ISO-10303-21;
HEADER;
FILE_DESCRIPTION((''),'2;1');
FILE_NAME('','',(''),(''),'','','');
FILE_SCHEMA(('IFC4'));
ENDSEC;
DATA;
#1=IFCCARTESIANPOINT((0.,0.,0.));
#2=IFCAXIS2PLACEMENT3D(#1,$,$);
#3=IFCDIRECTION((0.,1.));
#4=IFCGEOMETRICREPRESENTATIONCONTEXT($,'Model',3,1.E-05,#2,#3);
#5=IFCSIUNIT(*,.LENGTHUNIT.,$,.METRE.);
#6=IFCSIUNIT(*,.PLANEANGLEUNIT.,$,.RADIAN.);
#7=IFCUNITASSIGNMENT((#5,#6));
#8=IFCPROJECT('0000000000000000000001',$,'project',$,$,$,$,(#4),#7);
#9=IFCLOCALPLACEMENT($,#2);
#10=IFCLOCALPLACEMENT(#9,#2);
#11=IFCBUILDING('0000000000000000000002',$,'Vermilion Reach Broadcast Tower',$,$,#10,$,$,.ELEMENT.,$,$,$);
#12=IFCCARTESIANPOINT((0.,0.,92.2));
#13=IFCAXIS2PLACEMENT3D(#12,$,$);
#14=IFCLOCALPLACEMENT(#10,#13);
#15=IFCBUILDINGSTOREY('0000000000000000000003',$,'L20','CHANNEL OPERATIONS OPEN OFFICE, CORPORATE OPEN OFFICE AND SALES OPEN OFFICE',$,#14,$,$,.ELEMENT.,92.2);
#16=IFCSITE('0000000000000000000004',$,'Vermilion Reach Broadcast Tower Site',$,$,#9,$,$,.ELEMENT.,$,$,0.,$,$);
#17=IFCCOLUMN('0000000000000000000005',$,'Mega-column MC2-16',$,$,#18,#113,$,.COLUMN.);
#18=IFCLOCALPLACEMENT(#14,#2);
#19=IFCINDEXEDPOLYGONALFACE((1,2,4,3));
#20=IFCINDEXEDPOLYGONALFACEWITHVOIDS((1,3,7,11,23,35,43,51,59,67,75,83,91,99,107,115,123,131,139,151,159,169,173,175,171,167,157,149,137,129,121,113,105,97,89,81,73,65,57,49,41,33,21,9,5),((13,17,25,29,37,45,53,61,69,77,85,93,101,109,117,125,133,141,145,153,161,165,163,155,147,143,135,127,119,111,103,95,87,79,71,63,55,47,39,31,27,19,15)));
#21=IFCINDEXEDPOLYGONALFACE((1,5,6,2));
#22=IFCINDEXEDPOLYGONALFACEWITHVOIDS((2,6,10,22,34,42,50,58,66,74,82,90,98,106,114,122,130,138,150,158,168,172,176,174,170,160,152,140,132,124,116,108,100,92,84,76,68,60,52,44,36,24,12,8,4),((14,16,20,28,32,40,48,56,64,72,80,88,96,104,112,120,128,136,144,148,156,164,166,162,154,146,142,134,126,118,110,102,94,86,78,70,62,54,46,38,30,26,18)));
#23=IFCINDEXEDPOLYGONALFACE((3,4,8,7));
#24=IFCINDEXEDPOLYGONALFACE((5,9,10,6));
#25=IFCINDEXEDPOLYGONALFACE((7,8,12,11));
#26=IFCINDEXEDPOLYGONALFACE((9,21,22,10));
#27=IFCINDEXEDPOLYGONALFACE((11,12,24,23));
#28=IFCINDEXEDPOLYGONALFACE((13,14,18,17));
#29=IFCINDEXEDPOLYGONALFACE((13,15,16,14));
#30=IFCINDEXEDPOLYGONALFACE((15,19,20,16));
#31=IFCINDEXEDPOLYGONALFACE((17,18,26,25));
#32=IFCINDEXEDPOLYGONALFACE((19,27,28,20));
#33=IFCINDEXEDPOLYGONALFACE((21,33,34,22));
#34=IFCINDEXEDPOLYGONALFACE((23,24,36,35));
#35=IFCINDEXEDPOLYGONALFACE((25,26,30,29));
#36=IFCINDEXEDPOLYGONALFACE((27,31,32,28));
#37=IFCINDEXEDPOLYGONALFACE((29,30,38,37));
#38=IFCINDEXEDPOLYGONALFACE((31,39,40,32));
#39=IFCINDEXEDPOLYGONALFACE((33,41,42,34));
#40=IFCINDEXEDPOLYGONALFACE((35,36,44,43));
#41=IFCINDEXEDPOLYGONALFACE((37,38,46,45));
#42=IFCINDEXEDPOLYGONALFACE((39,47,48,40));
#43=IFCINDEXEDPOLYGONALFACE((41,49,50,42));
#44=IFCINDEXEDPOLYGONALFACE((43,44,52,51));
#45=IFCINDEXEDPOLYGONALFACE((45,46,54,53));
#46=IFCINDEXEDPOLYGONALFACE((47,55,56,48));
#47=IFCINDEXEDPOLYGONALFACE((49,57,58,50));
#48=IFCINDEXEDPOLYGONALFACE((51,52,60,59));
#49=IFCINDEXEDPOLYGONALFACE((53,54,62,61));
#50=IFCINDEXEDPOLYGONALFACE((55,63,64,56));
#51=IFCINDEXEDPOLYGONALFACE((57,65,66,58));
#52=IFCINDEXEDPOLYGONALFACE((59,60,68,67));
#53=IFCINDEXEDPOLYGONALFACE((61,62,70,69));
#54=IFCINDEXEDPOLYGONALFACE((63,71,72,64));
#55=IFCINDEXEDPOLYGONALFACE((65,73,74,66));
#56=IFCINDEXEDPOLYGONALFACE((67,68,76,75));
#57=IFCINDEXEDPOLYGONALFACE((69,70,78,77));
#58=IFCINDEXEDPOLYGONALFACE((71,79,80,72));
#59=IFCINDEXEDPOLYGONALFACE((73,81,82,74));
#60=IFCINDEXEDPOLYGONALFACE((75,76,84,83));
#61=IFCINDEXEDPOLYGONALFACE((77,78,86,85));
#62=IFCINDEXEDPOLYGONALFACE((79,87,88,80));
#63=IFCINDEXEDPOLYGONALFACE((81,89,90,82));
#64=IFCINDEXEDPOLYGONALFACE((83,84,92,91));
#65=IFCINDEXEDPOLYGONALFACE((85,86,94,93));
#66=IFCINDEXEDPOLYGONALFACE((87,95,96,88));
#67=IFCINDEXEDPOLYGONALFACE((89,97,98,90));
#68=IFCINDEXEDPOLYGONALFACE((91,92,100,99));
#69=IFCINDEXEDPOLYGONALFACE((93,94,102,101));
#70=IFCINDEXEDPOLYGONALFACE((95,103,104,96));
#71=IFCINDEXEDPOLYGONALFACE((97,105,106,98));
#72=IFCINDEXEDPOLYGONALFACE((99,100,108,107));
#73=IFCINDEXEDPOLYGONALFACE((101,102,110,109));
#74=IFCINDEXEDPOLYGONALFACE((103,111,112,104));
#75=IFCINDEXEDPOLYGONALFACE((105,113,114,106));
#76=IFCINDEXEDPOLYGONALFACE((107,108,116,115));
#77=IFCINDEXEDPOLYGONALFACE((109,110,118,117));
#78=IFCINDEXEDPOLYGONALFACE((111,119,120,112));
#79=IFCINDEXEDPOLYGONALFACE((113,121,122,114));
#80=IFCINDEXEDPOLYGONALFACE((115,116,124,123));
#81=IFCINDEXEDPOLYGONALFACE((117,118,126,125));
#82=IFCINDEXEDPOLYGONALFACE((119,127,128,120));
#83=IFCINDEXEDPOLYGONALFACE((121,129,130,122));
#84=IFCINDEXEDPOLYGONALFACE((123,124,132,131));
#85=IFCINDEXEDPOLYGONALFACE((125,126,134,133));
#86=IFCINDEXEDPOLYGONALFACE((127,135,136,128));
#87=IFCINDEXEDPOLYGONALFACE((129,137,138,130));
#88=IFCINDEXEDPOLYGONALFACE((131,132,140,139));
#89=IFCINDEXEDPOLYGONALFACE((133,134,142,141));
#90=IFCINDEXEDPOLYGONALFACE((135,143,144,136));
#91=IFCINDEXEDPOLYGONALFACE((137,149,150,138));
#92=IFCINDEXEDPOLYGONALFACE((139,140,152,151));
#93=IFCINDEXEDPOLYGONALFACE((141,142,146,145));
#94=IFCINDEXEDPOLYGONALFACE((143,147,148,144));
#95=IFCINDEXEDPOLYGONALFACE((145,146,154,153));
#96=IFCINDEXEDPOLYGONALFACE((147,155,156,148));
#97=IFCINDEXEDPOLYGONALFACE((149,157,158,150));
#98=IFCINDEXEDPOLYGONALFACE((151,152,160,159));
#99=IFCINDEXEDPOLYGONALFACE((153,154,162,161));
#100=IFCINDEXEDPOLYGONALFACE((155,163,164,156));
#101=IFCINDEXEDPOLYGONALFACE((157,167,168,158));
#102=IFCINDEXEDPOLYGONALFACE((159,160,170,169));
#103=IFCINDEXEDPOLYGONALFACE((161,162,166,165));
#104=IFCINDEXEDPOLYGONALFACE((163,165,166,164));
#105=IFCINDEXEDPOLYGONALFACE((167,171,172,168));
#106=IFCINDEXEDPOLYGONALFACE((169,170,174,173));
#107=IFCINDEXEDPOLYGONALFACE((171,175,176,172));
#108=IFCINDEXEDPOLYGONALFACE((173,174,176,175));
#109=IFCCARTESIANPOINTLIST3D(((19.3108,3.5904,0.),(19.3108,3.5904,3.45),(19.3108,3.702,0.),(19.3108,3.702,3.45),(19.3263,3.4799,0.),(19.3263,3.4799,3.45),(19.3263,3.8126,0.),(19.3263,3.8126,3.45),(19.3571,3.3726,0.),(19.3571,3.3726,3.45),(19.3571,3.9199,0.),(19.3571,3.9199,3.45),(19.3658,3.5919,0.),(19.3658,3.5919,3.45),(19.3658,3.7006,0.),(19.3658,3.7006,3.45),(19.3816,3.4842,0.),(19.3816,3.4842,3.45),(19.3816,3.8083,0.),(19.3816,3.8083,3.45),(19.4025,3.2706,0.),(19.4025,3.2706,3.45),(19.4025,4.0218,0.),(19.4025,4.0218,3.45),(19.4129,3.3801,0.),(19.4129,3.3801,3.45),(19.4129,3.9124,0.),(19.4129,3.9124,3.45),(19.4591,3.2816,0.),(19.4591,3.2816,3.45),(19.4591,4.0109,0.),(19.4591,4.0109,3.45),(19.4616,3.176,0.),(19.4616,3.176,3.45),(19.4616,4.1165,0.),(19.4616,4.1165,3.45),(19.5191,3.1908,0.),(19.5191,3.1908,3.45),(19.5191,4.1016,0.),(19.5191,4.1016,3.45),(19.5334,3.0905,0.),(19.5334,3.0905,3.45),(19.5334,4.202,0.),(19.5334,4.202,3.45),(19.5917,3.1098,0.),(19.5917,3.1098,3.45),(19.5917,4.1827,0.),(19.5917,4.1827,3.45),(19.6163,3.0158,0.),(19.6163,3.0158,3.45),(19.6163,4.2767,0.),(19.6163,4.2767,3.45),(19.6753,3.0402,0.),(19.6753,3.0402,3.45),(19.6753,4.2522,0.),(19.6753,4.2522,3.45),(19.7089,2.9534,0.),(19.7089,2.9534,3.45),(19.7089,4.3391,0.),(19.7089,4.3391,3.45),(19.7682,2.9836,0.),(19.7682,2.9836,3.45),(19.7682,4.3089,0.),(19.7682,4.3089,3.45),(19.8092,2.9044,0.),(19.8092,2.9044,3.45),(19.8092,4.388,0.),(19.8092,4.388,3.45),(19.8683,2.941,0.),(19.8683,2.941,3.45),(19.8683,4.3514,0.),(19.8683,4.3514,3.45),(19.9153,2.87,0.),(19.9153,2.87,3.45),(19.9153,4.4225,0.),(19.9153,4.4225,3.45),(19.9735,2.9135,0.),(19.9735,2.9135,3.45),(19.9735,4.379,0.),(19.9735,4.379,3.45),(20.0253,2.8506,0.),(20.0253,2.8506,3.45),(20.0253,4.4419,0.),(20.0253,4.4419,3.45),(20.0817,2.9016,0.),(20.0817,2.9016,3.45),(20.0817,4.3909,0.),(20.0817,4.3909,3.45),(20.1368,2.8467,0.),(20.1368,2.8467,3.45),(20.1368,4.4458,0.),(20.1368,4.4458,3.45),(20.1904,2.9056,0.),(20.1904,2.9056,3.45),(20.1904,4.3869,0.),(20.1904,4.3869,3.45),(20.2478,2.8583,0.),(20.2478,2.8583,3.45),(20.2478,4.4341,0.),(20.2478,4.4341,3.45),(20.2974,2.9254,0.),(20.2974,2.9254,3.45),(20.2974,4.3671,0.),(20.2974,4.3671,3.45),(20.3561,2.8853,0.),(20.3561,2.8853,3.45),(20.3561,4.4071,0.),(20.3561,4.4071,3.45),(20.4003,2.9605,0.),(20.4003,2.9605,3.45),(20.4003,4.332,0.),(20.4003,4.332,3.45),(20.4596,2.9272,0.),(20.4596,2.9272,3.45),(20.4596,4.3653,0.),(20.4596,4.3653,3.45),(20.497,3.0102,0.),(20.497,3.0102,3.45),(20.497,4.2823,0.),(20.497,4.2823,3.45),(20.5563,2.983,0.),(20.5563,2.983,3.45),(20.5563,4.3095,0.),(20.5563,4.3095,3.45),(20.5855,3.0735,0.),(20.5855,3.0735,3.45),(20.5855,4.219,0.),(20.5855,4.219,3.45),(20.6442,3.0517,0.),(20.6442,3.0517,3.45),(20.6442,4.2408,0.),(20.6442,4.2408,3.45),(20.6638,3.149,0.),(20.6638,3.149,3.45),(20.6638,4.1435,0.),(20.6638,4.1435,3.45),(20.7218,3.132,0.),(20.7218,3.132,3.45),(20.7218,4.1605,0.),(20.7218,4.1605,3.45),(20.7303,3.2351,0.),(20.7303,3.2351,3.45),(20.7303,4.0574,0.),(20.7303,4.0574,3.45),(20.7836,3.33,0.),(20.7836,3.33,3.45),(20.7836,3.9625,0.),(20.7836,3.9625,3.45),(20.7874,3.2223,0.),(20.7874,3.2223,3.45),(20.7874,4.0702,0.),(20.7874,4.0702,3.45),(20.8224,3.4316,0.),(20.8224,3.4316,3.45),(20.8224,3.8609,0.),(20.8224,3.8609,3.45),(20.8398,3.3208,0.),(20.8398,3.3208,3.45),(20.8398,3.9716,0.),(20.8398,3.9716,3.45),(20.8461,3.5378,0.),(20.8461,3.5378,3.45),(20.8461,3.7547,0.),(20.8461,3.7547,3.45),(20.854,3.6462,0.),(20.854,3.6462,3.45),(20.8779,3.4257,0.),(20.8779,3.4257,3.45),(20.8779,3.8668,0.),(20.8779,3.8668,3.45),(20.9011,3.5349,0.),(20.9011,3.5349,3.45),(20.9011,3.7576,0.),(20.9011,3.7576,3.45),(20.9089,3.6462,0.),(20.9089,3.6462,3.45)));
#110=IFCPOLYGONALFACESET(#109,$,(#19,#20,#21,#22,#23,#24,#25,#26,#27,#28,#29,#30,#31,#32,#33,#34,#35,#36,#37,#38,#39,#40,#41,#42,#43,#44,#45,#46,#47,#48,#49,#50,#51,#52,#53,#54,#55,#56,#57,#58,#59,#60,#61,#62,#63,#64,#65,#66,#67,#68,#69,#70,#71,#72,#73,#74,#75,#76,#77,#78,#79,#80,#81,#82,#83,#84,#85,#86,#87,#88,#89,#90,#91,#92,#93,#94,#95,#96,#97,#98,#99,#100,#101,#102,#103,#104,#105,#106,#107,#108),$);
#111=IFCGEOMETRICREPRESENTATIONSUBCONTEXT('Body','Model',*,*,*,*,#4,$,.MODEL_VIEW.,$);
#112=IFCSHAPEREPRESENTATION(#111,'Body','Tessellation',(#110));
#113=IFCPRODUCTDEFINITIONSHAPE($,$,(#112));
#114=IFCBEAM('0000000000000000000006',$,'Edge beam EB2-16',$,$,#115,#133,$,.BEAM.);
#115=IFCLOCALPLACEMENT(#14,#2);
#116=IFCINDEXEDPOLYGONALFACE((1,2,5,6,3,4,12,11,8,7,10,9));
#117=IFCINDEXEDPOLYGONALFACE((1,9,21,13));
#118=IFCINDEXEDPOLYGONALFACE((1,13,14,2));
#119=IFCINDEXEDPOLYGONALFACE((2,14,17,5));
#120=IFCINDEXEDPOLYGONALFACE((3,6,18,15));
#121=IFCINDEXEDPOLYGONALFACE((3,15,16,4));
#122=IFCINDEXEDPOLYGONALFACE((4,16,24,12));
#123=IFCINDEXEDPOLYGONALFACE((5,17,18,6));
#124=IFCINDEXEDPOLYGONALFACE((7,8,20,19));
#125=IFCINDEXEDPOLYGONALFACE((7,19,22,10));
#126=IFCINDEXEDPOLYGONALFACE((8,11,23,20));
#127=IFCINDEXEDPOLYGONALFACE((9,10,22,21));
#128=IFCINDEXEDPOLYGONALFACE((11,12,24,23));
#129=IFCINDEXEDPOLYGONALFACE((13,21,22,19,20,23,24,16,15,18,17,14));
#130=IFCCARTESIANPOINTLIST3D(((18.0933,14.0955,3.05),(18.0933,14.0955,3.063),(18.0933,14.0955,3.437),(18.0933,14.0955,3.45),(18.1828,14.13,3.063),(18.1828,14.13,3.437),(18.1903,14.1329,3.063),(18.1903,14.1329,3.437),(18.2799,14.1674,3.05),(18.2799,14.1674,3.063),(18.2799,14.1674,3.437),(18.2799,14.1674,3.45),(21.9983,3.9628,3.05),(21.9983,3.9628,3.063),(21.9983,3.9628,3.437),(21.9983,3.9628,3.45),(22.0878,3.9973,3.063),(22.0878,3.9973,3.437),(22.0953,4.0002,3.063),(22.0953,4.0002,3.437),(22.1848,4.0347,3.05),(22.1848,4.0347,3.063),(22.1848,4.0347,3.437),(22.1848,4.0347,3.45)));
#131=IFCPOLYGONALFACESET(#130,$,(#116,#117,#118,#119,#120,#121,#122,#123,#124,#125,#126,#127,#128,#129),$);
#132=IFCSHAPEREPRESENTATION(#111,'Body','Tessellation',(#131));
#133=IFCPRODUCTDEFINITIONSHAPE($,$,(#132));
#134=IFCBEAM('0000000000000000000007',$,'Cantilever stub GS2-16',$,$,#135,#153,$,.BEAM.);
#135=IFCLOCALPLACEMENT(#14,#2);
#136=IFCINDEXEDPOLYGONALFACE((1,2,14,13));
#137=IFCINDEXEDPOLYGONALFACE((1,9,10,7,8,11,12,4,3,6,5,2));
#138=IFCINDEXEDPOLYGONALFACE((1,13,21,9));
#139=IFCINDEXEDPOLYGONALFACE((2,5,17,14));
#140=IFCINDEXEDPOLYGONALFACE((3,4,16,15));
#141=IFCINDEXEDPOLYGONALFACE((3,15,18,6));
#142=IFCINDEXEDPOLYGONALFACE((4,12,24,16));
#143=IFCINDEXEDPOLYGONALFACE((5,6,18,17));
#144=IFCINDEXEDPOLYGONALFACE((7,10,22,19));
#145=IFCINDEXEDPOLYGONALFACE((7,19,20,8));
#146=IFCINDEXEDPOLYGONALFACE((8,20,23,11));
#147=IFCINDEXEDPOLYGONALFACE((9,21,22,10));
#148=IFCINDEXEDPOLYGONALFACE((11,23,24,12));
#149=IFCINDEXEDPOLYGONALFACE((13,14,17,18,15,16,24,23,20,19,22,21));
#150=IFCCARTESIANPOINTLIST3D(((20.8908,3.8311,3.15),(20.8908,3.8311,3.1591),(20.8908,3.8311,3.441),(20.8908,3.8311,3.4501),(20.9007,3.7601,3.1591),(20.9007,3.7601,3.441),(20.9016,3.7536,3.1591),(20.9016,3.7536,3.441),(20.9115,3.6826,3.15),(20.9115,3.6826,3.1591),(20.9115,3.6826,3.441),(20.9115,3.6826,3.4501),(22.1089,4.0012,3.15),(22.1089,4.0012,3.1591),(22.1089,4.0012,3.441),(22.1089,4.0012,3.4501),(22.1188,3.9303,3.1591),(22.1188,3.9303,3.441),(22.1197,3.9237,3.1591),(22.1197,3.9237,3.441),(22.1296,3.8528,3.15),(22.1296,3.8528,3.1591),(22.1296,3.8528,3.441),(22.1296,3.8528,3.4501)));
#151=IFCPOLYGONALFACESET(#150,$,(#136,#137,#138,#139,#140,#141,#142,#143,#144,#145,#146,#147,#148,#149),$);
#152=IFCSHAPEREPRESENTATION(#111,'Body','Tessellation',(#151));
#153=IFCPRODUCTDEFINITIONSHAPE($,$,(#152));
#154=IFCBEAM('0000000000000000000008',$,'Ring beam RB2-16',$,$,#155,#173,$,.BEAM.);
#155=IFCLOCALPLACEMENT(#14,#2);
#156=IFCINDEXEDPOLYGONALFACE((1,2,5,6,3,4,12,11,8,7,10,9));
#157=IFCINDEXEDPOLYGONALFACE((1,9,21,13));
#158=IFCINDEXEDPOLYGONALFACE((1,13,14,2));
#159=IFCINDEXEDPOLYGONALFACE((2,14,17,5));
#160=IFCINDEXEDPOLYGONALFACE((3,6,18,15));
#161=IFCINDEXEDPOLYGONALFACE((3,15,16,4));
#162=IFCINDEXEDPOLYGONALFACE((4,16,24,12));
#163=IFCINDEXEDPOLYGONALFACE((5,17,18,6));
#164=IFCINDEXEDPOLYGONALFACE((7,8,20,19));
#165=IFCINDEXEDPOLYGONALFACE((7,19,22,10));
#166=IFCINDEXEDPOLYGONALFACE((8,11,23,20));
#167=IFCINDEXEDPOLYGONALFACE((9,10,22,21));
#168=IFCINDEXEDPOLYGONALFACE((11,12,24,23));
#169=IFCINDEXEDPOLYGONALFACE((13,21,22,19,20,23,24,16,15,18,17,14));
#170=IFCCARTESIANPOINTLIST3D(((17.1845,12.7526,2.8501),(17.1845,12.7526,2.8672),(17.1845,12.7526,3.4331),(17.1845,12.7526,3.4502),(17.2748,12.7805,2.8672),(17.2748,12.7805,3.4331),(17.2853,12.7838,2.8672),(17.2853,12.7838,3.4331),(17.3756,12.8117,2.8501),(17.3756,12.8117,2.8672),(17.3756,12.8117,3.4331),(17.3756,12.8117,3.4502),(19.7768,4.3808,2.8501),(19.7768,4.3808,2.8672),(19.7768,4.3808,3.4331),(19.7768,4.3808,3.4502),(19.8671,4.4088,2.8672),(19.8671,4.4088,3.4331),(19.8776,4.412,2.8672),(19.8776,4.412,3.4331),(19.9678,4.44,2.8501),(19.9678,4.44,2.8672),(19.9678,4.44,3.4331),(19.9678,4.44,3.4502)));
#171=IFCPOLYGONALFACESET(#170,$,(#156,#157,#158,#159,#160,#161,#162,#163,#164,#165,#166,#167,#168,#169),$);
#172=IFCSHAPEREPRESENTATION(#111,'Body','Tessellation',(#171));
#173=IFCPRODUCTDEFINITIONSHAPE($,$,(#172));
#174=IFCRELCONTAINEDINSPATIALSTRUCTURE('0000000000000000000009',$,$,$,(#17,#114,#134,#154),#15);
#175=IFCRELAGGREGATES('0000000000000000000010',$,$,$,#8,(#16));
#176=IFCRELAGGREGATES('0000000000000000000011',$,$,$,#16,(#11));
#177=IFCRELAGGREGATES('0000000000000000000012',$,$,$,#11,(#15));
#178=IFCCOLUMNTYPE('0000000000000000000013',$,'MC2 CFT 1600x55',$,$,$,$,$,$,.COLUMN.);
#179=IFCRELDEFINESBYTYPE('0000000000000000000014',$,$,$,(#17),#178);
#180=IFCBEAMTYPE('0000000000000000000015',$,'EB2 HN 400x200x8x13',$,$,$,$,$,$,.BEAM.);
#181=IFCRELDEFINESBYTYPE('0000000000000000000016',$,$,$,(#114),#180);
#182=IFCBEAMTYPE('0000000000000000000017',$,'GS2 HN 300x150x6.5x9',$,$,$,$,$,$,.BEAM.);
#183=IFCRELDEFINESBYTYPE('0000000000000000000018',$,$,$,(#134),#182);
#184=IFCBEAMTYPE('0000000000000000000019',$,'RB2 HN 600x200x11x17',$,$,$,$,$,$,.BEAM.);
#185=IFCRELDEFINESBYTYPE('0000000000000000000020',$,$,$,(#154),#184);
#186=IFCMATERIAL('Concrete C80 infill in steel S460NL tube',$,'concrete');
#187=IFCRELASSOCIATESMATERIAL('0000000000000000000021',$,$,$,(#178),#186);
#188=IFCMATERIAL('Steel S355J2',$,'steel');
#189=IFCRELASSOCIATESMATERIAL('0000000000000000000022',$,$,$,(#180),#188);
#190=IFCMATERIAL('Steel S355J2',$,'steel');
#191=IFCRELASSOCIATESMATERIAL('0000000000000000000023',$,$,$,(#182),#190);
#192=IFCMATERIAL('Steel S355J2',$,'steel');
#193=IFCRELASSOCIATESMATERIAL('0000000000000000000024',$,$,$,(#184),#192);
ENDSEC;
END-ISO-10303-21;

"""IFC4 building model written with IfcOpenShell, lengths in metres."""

from ifc_helpers import new_model, si_unit, direction, frame, origin, origin_2d, place, context, subcontext, project, spatial, hollow_circle, i_section, extrude, material, material_profile, profile_set, type_object, element, save


model = new_model("IFC4")

# Units and contexts
model_context = context("Model", 3, precision=1e-05, world=origin(), true_north=direction((0.0, 1.0)))
body_context = subcontext(model_context, "Body", "Model", "MODEL_VIEW")
ifc_project = project(units=[si_unit("LENGTHUNIT", "METRE"), si_unit("PLANEANGLEUNIT", "RADIAN")], contexts=[model_context])

# Site, building, storey
site_placement = place(None, origin())
site = spatial("IfcSite", under=ifc_project, at=site_placement, Name="Vermilion Reach Broadcast Tower Site", CompositionType="ELEMENT", RefElevation=0.0)
building_placement = place(site_placement, origin())
building = spatial("IfcBuilding", under=site, at=building_placement, Name="Vermilion Reach Broadcast Tower", CompositionType="ELEMENT")
storey_placement = place(building_placement, frame((0.0, 0.0, 92.2)))
storey = spatial("IfcBuildingStorey", under=building, at=storey_placement, Name="L20", Description="CHANNEL OPERATIONS OPEN OFFICE, CORPORATE OPEN OFFICE AND SALES OPEN OFFICE", CompositionType="ELEMENT", Elevation=92.2)

# Column
ifc_material_1 = material(Name="Concrete C80 infill in steel S460NL tube", Category="concrete")
ifc_material_profile_1 = material_profile(ifc_material_1, hollow_circle(Radius=0.8, WallThickness=0.0549, at=origin_2d()), Name="Concrete C80 infill in steel S460NL tube CFT 1600x55")
ifc_profile_set_1 = profile_set([ifc_material_profile_1], Name="Concrete C80 infill in steel S460NL tube")
column_type = type_object("IfcColumnType", Name="MC2 CFT 1600x55", PredefinedType="COLUMN", material=ifc_profile_set_1)
column_placement = place(storey_placement, frame((20.1089, 3.6462, 0.0), z_axis=(0.0, 0.0, 1.0), x_axis=(1.0, 0.0, 0.0)))
element("IfcColumn", 1, at=column_placement, inside=storey, type_object=column_type, Name="Mega-column MC2-16", PredefinedType="COLUMN", context=body_context, shape_type="SweptSolid", body=[
    extrude(hollow_circle(Radius=0.8, WallThickness=0.0549, at=origin_2d()), origin(), (0.0, 0.0, 1.0), 3.45),
])

# Beams
ifc_material_2 = material(Name="Steel S355J2", Category="steel")
ifc_material_profile_2 = material_profile(ifc_material_2, i_section(OverallWidth=0.2, OverallDepth=0.3999, WebThickness=0.0081, FlangeThickness=0.0129, at=origin_2d()), Name="S355J2 HN 400x200x8x13")
ifc_profile_set_2 = profile_set([ifc_material_profile_2], Name="Steel S355J2")
beam_type_1 = type_object("IfcBeamType", Name="EB2 HN 400x200x8x13", PredefinedType="BEAM", material=ifc_profile_set_2)
beam_1_placement = place(storey_placement, frame((22.0916, 3.9988, 3.25), z_axis=(-0.359604, 0.933105, 0.0), x_axis=(-0.933105, -0.359604, 0.0)))
element("IfcBeam", 2, at=beam_1_placement, inside=storey, type_object=beam_type_1, Name="Edge beam EB2-16", PredefinedType="BEAM", context=body_context, shape_type="SweptSolid", body=[
    extrude(i_section(OverallWidth=0.2, OverallDepth=0.3999, WebThickness=0.0081, FlangeThickness=0.0129, at=origin_2d()), origin(), (0.0, 0.0, 1.0), 10.8591),
])
ifc_material_3 = material(Name="Steel S355J2", Category="steel")
ifc_material_profile_3 = material_profile(ifc_material_3, i_section(OverallWidth=0.1499, OverallDepth=0.3, WebThickness=0.0066, FlangeThickness=0.009, at=origin_2d()), Name="S355J2 HN 300x150x6.5x9")
ifc_profile_set_3 = profile_set([ifc_material_profile_3], Name="Steel S355J2")
beam_type_2 = type_object("IfcBeamType", Name="GS2 HN 300x150x6.5x9", PredefinedType="BEAM", material=ifc_profile_set_3)
beam_2_placement = place(storey_placement, frame((20.9011, 3.7568, 3.3), z_axis=(0.990385, 0.138336, 0.0), x_axis=(-0.138336, 0.990385, 0.0)))
element("IfcBeam", 3, at=beam_2_placement, inside=storey, type_object=beam_type_2, Name="Cantilever stub GS2-16", PredefinedType="BEAM", context=body_context, shape_type="SweptSolid", body=[
    extrude(i_section(OverallWidth=0.1499, OverallDepth=0.3, WebThickness=0.0066, FlangeThickness=0.009, at=origin_2d()), origin(), (0.0, 0.0, 1.0), 1.23),
])
ifc_material_4 = material(Name="Steel S355J2", Category="steel")
ifc_material_profile_4 = material_profile(ifc_material_4, i_section(OverallWidth=0.2, OverallDepth=0.6001, WebThickness=0.011, FlangeThickness=0.0171, at=origin_2d()), Name="S355J2 HN 600x200x11x17")
ifc_profile_set_4 = profile_set([ifc_material_profile_4], Name="Steel S355J2")
beam_type_3 = type_object("IfcBeamType", Name="RB2 HN 600x200x11x17", PredefinedType="BEAM", material=ifc_profile_set_4)
beam_3_placement = place(storey_placement, frame((19.8723, 4.4104, 3.1501), z_axis=(-0.295788, 0.955253, 0.0), x_axis=(-0.955253, -0.295788, 0.0)))
element("IfcBeam", 4, at=beam_3_placement, inside=storey, type_object=beam_type_3, Name="Ring beam RB2-16", PredefinedType="BEAM", context=body_context, shape_type="SweptSolid", body=[
    extrude(i_section(OverallWidth=0.2, OverallDepth=0.6001, WebThickness=0.011, FlangeThickness=0.0171, at=origin_2d()), origin(), (0.0, 0.0, 1.0), 8.7639),
])

save(model, "model.ifc")
